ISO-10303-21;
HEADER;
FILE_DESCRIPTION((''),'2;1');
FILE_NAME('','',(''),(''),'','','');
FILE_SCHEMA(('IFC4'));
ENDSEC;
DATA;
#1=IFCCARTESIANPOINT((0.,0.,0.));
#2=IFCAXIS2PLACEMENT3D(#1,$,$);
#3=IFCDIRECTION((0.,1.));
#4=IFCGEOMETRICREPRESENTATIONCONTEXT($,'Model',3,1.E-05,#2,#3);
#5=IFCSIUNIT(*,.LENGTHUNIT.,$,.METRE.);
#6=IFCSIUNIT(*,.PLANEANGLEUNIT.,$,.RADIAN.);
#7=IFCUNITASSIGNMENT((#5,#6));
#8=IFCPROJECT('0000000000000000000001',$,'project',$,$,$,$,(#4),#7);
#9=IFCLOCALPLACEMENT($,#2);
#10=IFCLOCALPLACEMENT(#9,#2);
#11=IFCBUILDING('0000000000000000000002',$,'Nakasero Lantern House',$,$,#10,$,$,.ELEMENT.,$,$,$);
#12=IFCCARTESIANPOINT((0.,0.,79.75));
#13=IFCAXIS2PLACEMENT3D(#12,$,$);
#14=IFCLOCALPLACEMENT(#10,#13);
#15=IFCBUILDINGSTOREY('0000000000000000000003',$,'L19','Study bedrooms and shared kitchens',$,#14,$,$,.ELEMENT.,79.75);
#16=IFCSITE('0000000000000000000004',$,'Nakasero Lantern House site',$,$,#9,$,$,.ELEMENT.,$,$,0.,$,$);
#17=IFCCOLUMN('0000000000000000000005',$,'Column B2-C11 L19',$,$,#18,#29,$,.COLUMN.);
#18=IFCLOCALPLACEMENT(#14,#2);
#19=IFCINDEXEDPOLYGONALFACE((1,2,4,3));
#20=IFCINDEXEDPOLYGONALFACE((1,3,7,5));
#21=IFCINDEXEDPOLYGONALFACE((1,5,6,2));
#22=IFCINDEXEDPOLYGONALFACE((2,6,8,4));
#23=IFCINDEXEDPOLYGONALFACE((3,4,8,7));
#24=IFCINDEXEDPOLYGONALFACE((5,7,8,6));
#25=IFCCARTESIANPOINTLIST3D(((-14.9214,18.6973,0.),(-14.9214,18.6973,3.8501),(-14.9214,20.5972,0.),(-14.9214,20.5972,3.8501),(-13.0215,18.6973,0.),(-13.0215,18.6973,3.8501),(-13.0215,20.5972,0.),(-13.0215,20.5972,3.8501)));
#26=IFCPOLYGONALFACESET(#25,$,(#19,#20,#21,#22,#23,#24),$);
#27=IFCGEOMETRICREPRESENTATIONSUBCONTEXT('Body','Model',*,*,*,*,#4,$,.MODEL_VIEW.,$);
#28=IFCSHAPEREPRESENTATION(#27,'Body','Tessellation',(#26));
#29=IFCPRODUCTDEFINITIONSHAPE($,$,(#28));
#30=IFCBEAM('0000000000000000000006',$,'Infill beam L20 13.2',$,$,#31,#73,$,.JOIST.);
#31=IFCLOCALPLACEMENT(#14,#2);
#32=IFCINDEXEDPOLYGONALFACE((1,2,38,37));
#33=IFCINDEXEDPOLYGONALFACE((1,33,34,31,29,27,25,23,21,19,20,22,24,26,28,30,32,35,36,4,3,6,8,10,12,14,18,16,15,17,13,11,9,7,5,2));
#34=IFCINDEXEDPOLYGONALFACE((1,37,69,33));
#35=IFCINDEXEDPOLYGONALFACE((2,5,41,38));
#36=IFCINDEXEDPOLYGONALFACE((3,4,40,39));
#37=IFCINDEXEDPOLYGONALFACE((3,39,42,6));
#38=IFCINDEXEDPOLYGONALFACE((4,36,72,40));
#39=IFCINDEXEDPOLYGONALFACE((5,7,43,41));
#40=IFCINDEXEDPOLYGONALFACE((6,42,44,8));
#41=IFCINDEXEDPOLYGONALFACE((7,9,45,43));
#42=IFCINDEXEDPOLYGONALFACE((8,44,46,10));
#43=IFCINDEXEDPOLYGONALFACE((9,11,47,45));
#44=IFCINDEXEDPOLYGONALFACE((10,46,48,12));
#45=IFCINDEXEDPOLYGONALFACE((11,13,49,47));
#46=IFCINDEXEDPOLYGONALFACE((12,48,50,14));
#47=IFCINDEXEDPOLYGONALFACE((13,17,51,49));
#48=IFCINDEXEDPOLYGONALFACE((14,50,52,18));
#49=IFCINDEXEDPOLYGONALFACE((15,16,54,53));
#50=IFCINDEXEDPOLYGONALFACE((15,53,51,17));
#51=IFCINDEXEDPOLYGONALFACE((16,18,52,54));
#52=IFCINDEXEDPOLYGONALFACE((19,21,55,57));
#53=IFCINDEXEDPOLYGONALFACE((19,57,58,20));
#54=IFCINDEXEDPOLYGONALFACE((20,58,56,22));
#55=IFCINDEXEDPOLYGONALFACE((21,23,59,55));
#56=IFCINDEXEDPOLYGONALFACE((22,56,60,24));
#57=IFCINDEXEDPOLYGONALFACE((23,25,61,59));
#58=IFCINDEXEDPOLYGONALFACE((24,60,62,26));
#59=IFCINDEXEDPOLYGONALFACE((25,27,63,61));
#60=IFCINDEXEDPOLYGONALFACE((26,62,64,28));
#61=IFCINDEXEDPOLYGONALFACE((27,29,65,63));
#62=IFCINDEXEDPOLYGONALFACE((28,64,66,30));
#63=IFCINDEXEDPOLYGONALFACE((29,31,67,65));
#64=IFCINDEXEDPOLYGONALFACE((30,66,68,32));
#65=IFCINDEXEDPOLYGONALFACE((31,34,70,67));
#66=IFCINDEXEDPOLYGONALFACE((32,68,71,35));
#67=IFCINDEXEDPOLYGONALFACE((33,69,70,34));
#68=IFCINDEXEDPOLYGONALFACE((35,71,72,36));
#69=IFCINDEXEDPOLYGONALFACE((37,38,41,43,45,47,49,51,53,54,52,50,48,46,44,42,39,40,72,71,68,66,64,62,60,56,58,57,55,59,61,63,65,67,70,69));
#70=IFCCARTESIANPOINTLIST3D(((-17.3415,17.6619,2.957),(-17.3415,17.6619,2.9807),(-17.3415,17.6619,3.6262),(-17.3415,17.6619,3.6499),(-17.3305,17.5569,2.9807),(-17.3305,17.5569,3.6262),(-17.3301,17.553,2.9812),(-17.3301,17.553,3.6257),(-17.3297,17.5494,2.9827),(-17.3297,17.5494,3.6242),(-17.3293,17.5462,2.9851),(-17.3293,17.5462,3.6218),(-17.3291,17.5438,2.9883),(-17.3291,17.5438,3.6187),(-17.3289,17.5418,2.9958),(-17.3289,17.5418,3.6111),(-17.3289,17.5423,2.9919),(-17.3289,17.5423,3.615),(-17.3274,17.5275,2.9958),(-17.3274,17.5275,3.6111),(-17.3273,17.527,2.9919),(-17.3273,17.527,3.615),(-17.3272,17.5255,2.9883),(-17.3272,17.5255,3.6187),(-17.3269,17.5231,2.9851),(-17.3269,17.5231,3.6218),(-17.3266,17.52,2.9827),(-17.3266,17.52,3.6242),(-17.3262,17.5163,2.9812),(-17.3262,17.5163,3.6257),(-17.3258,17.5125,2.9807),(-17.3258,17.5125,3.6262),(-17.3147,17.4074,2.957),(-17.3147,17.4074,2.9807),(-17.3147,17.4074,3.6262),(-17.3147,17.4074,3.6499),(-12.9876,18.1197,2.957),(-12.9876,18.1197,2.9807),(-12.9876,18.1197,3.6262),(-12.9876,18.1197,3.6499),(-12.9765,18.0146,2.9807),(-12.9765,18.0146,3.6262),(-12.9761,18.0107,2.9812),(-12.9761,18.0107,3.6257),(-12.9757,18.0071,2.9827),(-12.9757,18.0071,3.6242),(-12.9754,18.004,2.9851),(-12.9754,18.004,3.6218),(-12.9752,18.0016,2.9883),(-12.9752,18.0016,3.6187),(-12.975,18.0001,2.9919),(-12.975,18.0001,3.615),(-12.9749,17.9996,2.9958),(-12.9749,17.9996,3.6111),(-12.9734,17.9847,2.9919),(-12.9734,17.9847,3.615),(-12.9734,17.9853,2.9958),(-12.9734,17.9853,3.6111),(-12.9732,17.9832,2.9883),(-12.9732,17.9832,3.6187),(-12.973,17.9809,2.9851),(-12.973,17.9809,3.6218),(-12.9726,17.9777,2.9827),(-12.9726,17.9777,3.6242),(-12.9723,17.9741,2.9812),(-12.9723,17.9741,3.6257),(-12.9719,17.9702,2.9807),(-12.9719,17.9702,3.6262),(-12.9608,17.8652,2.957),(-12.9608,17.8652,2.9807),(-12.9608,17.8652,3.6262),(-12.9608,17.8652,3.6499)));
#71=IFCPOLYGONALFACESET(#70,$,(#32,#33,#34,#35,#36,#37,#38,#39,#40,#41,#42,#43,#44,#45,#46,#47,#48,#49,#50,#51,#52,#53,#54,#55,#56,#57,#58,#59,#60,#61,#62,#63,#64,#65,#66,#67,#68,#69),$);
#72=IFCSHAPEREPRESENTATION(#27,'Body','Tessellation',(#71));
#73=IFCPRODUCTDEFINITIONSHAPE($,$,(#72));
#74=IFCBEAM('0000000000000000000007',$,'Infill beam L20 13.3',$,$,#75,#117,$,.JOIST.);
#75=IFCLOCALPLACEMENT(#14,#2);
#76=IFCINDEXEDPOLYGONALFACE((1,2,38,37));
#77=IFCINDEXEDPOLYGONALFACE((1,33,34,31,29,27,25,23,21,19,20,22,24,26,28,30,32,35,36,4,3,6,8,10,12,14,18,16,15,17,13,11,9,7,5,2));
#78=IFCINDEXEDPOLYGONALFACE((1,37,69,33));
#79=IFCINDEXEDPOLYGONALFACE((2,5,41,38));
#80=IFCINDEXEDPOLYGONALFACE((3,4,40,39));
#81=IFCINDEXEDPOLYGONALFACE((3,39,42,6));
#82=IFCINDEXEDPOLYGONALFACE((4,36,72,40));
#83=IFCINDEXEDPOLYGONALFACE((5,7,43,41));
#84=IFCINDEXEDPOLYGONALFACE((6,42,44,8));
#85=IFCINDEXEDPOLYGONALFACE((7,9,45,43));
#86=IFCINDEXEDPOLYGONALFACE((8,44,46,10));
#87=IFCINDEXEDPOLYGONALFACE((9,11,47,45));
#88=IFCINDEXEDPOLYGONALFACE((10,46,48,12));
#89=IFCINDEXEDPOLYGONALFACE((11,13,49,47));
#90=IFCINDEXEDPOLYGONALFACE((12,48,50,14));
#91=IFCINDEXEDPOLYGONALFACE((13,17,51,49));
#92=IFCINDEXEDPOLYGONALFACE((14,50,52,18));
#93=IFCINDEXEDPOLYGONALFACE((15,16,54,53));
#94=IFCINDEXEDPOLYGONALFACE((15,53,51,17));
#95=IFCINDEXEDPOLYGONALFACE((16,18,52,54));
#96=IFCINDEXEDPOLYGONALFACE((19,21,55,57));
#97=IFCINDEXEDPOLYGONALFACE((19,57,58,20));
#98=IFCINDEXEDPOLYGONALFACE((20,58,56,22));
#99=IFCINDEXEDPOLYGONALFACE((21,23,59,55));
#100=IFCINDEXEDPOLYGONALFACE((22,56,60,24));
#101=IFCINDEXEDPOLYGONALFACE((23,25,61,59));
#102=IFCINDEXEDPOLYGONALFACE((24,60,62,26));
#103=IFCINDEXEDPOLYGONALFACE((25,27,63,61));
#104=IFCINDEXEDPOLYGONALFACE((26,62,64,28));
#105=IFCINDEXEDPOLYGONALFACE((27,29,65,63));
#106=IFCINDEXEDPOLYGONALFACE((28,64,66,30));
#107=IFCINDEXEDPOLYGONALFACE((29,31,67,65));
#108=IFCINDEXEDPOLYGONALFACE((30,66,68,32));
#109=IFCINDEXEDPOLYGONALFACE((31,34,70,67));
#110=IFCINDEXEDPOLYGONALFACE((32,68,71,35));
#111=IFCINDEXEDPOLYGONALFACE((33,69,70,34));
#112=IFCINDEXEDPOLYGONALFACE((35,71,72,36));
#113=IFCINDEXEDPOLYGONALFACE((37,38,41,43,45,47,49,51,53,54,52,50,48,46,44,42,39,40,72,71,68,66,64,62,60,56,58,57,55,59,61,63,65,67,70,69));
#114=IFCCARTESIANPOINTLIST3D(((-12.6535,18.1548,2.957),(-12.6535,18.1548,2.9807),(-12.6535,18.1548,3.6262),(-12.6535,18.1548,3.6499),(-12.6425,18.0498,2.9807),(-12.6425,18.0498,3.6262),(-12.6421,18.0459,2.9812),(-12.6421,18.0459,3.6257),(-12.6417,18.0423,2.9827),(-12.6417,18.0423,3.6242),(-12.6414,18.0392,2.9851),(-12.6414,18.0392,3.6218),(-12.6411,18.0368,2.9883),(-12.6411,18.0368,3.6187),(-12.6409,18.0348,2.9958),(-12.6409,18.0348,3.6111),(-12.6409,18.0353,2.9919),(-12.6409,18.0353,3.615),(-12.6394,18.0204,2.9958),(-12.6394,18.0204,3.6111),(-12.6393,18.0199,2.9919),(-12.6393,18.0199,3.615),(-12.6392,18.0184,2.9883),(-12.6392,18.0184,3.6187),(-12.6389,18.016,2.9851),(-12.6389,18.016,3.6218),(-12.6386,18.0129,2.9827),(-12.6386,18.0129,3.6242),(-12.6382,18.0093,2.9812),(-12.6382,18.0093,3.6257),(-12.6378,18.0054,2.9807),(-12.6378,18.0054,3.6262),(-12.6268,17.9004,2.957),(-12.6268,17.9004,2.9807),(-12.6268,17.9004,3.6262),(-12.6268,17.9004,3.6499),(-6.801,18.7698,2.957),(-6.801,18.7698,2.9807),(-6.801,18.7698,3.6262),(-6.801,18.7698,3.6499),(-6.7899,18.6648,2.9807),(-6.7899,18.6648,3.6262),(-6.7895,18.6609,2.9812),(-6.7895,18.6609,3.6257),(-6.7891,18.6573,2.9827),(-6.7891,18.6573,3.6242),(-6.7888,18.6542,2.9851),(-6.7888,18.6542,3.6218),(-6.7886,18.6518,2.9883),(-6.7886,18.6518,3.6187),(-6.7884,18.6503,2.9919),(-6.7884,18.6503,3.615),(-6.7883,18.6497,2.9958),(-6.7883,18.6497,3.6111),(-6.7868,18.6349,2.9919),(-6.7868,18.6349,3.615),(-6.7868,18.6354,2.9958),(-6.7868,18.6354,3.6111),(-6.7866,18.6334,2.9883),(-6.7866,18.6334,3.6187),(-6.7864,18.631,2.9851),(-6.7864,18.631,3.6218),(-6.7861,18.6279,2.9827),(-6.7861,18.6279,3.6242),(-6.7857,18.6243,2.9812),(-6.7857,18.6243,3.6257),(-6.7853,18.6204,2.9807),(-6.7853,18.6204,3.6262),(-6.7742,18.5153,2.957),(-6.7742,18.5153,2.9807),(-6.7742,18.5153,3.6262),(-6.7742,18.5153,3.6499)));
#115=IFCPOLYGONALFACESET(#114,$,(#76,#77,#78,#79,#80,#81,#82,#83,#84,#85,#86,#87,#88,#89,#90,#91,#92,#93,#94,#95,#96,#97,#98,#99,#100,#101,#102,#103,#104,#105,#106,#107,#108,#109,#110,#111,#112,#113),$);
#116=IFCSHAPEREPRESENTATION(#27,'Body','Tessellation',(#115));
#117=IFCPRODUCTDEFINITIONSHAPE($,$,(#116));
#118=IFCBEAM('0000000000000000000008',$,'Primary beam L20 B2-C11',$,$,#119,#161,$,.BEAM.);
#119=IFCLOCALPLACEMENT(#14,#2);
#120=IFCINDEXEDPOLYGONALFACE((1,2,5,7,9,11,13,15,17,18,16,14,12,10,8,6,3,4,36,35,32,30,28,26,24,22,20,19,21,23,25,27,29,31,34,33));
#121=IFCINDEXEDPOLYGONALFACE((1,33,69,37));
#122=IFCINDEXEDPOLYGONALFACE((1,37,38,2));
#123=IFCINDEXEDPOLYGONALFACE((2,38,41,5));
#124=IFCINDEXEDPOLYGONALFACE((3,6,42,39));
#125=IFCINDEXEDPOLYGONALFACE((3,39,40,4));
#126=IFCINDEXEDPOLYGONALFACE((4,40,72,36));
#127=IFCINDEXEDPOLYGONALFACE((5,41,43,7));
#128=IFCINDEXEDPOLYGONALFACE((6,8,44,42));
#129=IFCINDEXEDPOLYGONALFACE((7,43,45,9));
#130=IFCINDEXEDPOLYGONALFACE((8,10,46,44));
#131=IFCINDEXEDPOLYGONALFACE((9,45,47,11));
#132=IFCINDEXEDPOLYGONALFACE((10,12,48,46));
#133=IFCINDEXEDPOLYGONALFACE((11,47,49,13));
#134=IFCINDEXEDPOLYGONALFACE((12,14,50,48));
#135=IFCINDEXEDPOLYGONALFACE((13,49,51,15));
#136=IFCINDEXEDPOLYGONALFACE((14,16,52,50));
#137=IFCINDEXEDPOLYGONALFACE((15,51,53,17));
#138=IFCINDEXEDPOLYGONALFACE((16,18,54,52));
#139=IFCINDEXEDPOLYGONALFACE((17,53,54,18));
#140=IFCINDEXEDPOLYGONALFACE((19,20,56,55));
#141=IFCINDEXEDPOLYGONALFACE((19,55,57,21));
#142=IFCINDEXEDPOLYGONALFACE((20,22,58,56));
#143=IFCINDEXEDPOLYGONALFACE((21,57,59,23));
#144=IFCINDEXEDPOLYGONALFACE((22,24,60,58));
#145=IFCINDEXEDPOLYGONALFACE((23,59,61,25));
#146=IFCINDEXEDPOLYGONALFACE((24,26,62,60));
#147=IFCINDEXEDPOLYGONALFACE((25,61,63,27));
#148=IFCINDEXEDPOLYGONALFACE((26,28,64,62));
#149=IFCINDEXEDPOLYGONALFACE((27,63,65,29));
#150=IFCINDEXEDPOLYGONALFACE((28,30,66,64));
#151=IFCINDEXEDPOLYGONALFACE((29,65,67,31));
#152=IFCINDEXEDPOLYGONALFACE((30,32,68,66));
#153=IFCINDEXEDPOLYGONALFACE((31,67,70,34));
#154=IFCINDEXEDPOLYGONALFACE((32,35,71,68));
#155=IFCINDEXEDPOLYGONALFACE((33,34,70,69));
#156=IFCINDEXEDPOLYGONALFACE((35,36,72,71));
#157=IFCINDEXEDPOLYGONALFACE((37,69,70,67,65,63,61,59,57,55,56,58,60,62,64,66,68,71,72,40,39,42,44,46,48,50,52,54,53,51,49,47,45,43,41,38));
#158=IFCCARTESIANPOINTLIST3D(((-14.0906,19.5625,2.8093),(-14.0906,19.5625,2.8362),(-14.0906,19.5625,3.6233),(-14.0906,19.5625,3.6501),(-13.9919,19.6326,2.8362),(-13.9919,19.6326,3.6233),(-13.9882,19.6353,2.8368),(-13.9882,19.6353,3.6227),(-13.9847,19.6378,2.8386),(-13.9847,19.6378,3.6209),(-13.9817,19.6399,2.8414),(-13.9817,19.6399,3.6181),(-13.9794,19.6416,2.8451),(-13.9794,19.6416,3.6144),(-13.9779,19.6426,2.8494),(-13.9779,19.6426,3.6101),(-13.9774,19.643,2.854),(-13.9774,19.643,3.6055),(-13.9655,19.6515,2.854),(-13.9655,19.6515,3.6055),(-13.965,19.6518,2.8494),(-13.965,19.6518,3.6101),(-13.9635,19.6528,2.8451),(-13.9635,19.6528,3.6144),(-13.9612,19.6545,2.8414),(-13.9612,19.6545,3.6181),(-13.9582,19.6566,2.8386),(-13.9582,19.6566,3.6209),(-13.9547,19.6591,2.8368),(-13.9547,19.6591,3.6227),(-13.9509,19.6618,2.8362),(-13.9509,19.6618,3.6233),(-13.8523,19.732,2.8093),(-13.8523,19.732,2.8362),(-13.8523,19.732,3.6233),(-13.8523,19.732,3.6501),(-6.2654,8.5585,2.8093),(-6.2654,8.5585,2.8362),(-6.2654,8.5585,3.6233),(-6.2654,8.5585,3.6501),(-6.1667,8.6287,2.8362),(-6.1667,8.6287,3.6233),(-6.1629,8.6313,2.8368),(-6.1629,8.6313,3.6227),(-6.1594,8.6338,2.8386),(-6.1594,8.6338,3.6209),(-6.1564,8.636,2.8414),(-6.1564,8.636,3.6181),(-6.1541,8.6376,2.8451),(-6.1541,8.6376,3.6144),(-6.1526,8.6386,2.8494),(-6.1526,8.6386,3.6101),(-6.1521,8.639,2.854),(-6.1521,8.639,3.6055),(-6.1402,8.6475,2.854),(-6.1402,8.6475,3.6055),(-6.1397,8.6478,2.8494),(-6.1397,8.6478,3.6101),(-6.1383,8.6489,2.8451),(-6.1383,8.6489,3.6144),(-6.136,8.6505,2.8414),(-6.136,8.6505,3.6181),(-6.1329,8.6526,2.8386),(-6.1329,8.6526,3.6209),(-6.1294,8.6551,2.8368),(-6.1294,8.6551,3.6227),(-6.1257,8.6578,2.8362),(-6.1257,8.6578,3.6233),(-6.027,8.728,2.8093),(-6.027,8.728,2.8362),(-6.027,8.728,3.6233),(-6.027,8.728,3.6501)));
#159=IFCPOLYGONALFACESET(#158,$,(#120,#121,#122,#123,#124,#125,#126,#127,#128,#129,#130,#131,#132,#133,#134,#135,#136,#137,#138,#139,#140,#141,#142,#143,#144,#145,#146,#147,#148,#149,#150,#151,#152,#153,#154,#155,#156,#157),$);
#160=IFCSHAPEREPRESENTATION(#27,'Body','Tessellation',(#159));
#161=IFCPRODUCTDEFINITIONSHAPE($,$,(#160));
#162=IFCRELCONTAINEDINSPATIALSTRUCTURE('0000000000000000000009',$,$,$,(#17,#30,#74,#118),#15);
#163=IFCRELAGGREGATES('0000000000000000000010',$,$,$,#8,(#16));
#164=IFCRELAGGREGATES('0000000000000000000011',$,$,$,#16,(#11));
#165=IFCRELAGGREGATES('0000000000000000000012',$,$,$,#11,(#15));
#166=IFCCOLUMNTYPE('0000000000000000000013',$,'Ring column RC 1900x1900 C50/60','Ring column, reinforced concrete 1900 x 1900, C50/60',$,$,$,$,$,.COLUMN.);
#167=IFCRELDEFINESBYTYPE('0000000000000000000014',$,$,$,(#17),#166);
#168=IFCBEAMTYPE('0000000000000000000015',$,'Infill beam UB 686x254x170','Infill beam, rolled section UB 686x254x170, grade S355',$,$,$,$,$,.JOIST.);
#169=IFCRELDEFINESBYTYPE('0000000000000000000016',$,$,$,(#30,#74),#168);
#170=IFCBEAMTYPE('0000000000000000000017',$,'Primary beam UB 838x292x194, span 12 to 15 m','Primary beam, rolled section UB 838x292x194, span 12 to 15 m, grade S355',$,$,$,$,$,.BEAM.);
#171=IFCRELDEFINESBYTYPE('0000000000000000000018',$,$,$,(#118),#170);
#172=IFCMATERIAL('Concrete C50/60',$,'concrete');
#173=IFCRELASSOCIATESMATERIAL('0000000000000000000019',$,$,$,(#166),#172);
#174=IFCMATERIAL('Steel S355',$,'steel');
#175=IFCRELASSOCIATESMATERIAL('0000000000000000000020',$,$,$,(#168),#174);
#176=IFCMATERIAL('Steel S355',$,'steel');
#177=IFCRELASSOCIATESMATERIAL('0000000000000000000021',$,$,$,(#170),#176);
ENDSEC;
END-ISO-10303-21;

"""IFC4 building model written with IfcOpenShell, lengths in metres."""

from ifc_helpers import new_model, si_unit, direction, frame, origin, origin_2d, place, context, subcontext, project, spatial, rectangle, i_section, extrude, material, material_profile, profile_set, type_object, element, save


model = new_model("IFC4")

# Units and contexts
model_context = context("Model", 3, precision=1e-05, world=origin(), true_north=direction((0.0, 1.0)))
body_context = subcontext(model_context, "Body", "Model", "MODEL_VIEW")
ifc_project = project(units=[si_unit("LENGTHUNIT", "METRE"), si_unit("PLANEANGLEUNIT", "RADIAN")], contexts=[model_context])

# Site, building, storey
site_placement = place(None, origin())
site = spatial("IfcSite", under=ifc_project, at=site_placement, Name="Nakasero Lantern House site", CompositionType="ELEMENT", RefElevation=0.0)
building_placement = place(site_placement, origin())
building = spatial("IfcBuilding", under=site, at=building_placement, Name="Nakasero Lantern House", CompositionType="ELEMENT")
storey_placement = place(building_placement, frame((0.0, 0.0, 79.75)))
storey = spatial("IfcBuildingStorey", under=building, at=storey_placement, Name="L19", Description="Study bedrooms and shared kitchens", CompositionType="ELEMENT", Elevation=79.75)

# Column
ifc_material_1 = material(Name="Concrete C50/60", Category="concrete")
ifc_material_profile_1 = material_profile(ifc_material_1, rectangle(XDim=1.8999, YDim=1.8999, at=origin_2d()), Name="RC 1900x1900")
ifc_profile_set_1 = profile_set([ifc_material_profile_1], Name="Concrete C50/60")
column_type = type_object("IfcColumnType", Name="Ring column RC 1900x1900 C50/60", Description="Ring column, reinforced concrete 1900 x 1900, C50/60", PredefinedType="COLUMN", material=ifc_profile_set_1)
column_placement = place(storey_placement, frame((-13.9714, 19.6472, 0.0), z_axis=(0.0, 0.0, 1.0), x_axis=(1.0, 0.0, 0.0)))
element("IfcColumn", 1, at=column_placement, inside=storey, type_object=column_type, Name="Column B2-C11 L19", PredefinedType="COLUMN", context=body_context, shape_type="SweptSolid", body=[
    extrude(rectangle(XDim=1.8999, YDim=1.8999, at=origin_2d()), origin(), (0.0, 0.0, 1.0), 3.8501),
])

# Beams
ifc_material_2 = material(Name="Steel S355", Category="steel")
ifc_material_profile_2 = material_profile(ifc_material_2, i_section(OverallWidth=0.2559, OverallDepth=0.6929, WebThickness=0.0144, FlangeThickness=0.0237, FilletRadius=0.0151, at=origin_2d()), Name="UB 686x254x170")
ifc_profile_set_2 = profile_set([ifc_material_profile_2], Name="Steel S355")
beam_type_1 = type_object("IfcBeamType", Name="Infill beam UB 686x254x170", Description="Infill beam, rolled section UB 686x254x170, grade S355", PredefinedType="JOIST", material=ifc_profile_set_2)
beam_1_placement = place(storey_placement, frame((-17.3281, 17.5347, 3.3035), z_axis=(0.994519, 0.10456, 0.0), x_axis=(-0.10456, 0.994519, 0.0)))
element("IfcBeam", 2, at=beam_1_placement, inside=storey, type_object=beam_type_1, Name="Infill beam L20 13.2", PredefinedType="JOIST", context=body_context, shape_type="SweptSolid", body=[
    extrude(i_section(OverallWidth=0.2559, OverallDepth=0.6929, WebThickness=0.0144, FlangeThickness=0.0237, FilletRadius=0.0151, at=origin_2d()), origin(), (0.0, 0.0, 1.0), 4.3779),
])
beam_2_placement = place(storey_placement, frame((-12.6401, 18.0276, 3.3035), z_axis=(0.994524, 0.104506, 0.0), x_axis=(-0.104506, 0.994524, 0.0)))
element("IfcBeam", 3, at=beam_2_placement, inside=storey, type_object=beam_type_1, Name="Infill beam L20 13.3", PredefinedType="JOIST", context=body_context, shape_type="SweptSolid", body=[
    extrude(i_section(OverallWidth=0.2559, OverallDepth=0.6929, WebThickness=0.0144, FlangeThickness=0.0237, FilletRadius=0.0151, at=origin_2d()), origin(), (0.0, 0.0, 1.0), 5.8848),
])
ifc_material_3 = material(Name="Steel S355", Category="steel")
ifc_material_profile_3 = material_profile(ifc_material_3, i_section(OverallWidth=0.2925, OverallDepth=0.8408, WebThickness=0.0146, FlangeThickness=0.0269, FilletRadius=0.0178, at=origin_2d()), Name="UB 838x292x194")
ifc_profile_set_3 = profile_set([ifc_material_profile_3], Name="Steel S355")
beam_type_2 = type_object("IfcBeamType", Name="Primary beam UB 838x292x194, span 12 to 15 m", Description="Primary beam, rolled section UB 838x292x194, span 12 to 15 m, grade S355", PredefinedType="BEAM", material=ifc_profile_set_3)
beam_3_placement = place(storey_placement, frame((-13.9714, 19.6472, 3.2297), z_axis=(0.579533, -0.814948, 0.0), x_axis=(0.814948, 0.579533, 0.0)))
element("IfcBeam", 4, at=beam_3_placement, inside=storey, type_object=beam_type_2, Name="Primary beam L20 B2-C11", PredefinedType="BEAM", context=body_context, shape_type="SweptSolid", body=[
    extrude(i_section(OverallWidth=0.2925, OverallDepth=0.8408, WebThickness=0.0146, FlangeThickness=0.0269, FilletRadius=0.0178, at=origin_2d()), origin(), (0.0, 0.0, 1.0), 13.5027),
])

save(model, "model.ifc")
